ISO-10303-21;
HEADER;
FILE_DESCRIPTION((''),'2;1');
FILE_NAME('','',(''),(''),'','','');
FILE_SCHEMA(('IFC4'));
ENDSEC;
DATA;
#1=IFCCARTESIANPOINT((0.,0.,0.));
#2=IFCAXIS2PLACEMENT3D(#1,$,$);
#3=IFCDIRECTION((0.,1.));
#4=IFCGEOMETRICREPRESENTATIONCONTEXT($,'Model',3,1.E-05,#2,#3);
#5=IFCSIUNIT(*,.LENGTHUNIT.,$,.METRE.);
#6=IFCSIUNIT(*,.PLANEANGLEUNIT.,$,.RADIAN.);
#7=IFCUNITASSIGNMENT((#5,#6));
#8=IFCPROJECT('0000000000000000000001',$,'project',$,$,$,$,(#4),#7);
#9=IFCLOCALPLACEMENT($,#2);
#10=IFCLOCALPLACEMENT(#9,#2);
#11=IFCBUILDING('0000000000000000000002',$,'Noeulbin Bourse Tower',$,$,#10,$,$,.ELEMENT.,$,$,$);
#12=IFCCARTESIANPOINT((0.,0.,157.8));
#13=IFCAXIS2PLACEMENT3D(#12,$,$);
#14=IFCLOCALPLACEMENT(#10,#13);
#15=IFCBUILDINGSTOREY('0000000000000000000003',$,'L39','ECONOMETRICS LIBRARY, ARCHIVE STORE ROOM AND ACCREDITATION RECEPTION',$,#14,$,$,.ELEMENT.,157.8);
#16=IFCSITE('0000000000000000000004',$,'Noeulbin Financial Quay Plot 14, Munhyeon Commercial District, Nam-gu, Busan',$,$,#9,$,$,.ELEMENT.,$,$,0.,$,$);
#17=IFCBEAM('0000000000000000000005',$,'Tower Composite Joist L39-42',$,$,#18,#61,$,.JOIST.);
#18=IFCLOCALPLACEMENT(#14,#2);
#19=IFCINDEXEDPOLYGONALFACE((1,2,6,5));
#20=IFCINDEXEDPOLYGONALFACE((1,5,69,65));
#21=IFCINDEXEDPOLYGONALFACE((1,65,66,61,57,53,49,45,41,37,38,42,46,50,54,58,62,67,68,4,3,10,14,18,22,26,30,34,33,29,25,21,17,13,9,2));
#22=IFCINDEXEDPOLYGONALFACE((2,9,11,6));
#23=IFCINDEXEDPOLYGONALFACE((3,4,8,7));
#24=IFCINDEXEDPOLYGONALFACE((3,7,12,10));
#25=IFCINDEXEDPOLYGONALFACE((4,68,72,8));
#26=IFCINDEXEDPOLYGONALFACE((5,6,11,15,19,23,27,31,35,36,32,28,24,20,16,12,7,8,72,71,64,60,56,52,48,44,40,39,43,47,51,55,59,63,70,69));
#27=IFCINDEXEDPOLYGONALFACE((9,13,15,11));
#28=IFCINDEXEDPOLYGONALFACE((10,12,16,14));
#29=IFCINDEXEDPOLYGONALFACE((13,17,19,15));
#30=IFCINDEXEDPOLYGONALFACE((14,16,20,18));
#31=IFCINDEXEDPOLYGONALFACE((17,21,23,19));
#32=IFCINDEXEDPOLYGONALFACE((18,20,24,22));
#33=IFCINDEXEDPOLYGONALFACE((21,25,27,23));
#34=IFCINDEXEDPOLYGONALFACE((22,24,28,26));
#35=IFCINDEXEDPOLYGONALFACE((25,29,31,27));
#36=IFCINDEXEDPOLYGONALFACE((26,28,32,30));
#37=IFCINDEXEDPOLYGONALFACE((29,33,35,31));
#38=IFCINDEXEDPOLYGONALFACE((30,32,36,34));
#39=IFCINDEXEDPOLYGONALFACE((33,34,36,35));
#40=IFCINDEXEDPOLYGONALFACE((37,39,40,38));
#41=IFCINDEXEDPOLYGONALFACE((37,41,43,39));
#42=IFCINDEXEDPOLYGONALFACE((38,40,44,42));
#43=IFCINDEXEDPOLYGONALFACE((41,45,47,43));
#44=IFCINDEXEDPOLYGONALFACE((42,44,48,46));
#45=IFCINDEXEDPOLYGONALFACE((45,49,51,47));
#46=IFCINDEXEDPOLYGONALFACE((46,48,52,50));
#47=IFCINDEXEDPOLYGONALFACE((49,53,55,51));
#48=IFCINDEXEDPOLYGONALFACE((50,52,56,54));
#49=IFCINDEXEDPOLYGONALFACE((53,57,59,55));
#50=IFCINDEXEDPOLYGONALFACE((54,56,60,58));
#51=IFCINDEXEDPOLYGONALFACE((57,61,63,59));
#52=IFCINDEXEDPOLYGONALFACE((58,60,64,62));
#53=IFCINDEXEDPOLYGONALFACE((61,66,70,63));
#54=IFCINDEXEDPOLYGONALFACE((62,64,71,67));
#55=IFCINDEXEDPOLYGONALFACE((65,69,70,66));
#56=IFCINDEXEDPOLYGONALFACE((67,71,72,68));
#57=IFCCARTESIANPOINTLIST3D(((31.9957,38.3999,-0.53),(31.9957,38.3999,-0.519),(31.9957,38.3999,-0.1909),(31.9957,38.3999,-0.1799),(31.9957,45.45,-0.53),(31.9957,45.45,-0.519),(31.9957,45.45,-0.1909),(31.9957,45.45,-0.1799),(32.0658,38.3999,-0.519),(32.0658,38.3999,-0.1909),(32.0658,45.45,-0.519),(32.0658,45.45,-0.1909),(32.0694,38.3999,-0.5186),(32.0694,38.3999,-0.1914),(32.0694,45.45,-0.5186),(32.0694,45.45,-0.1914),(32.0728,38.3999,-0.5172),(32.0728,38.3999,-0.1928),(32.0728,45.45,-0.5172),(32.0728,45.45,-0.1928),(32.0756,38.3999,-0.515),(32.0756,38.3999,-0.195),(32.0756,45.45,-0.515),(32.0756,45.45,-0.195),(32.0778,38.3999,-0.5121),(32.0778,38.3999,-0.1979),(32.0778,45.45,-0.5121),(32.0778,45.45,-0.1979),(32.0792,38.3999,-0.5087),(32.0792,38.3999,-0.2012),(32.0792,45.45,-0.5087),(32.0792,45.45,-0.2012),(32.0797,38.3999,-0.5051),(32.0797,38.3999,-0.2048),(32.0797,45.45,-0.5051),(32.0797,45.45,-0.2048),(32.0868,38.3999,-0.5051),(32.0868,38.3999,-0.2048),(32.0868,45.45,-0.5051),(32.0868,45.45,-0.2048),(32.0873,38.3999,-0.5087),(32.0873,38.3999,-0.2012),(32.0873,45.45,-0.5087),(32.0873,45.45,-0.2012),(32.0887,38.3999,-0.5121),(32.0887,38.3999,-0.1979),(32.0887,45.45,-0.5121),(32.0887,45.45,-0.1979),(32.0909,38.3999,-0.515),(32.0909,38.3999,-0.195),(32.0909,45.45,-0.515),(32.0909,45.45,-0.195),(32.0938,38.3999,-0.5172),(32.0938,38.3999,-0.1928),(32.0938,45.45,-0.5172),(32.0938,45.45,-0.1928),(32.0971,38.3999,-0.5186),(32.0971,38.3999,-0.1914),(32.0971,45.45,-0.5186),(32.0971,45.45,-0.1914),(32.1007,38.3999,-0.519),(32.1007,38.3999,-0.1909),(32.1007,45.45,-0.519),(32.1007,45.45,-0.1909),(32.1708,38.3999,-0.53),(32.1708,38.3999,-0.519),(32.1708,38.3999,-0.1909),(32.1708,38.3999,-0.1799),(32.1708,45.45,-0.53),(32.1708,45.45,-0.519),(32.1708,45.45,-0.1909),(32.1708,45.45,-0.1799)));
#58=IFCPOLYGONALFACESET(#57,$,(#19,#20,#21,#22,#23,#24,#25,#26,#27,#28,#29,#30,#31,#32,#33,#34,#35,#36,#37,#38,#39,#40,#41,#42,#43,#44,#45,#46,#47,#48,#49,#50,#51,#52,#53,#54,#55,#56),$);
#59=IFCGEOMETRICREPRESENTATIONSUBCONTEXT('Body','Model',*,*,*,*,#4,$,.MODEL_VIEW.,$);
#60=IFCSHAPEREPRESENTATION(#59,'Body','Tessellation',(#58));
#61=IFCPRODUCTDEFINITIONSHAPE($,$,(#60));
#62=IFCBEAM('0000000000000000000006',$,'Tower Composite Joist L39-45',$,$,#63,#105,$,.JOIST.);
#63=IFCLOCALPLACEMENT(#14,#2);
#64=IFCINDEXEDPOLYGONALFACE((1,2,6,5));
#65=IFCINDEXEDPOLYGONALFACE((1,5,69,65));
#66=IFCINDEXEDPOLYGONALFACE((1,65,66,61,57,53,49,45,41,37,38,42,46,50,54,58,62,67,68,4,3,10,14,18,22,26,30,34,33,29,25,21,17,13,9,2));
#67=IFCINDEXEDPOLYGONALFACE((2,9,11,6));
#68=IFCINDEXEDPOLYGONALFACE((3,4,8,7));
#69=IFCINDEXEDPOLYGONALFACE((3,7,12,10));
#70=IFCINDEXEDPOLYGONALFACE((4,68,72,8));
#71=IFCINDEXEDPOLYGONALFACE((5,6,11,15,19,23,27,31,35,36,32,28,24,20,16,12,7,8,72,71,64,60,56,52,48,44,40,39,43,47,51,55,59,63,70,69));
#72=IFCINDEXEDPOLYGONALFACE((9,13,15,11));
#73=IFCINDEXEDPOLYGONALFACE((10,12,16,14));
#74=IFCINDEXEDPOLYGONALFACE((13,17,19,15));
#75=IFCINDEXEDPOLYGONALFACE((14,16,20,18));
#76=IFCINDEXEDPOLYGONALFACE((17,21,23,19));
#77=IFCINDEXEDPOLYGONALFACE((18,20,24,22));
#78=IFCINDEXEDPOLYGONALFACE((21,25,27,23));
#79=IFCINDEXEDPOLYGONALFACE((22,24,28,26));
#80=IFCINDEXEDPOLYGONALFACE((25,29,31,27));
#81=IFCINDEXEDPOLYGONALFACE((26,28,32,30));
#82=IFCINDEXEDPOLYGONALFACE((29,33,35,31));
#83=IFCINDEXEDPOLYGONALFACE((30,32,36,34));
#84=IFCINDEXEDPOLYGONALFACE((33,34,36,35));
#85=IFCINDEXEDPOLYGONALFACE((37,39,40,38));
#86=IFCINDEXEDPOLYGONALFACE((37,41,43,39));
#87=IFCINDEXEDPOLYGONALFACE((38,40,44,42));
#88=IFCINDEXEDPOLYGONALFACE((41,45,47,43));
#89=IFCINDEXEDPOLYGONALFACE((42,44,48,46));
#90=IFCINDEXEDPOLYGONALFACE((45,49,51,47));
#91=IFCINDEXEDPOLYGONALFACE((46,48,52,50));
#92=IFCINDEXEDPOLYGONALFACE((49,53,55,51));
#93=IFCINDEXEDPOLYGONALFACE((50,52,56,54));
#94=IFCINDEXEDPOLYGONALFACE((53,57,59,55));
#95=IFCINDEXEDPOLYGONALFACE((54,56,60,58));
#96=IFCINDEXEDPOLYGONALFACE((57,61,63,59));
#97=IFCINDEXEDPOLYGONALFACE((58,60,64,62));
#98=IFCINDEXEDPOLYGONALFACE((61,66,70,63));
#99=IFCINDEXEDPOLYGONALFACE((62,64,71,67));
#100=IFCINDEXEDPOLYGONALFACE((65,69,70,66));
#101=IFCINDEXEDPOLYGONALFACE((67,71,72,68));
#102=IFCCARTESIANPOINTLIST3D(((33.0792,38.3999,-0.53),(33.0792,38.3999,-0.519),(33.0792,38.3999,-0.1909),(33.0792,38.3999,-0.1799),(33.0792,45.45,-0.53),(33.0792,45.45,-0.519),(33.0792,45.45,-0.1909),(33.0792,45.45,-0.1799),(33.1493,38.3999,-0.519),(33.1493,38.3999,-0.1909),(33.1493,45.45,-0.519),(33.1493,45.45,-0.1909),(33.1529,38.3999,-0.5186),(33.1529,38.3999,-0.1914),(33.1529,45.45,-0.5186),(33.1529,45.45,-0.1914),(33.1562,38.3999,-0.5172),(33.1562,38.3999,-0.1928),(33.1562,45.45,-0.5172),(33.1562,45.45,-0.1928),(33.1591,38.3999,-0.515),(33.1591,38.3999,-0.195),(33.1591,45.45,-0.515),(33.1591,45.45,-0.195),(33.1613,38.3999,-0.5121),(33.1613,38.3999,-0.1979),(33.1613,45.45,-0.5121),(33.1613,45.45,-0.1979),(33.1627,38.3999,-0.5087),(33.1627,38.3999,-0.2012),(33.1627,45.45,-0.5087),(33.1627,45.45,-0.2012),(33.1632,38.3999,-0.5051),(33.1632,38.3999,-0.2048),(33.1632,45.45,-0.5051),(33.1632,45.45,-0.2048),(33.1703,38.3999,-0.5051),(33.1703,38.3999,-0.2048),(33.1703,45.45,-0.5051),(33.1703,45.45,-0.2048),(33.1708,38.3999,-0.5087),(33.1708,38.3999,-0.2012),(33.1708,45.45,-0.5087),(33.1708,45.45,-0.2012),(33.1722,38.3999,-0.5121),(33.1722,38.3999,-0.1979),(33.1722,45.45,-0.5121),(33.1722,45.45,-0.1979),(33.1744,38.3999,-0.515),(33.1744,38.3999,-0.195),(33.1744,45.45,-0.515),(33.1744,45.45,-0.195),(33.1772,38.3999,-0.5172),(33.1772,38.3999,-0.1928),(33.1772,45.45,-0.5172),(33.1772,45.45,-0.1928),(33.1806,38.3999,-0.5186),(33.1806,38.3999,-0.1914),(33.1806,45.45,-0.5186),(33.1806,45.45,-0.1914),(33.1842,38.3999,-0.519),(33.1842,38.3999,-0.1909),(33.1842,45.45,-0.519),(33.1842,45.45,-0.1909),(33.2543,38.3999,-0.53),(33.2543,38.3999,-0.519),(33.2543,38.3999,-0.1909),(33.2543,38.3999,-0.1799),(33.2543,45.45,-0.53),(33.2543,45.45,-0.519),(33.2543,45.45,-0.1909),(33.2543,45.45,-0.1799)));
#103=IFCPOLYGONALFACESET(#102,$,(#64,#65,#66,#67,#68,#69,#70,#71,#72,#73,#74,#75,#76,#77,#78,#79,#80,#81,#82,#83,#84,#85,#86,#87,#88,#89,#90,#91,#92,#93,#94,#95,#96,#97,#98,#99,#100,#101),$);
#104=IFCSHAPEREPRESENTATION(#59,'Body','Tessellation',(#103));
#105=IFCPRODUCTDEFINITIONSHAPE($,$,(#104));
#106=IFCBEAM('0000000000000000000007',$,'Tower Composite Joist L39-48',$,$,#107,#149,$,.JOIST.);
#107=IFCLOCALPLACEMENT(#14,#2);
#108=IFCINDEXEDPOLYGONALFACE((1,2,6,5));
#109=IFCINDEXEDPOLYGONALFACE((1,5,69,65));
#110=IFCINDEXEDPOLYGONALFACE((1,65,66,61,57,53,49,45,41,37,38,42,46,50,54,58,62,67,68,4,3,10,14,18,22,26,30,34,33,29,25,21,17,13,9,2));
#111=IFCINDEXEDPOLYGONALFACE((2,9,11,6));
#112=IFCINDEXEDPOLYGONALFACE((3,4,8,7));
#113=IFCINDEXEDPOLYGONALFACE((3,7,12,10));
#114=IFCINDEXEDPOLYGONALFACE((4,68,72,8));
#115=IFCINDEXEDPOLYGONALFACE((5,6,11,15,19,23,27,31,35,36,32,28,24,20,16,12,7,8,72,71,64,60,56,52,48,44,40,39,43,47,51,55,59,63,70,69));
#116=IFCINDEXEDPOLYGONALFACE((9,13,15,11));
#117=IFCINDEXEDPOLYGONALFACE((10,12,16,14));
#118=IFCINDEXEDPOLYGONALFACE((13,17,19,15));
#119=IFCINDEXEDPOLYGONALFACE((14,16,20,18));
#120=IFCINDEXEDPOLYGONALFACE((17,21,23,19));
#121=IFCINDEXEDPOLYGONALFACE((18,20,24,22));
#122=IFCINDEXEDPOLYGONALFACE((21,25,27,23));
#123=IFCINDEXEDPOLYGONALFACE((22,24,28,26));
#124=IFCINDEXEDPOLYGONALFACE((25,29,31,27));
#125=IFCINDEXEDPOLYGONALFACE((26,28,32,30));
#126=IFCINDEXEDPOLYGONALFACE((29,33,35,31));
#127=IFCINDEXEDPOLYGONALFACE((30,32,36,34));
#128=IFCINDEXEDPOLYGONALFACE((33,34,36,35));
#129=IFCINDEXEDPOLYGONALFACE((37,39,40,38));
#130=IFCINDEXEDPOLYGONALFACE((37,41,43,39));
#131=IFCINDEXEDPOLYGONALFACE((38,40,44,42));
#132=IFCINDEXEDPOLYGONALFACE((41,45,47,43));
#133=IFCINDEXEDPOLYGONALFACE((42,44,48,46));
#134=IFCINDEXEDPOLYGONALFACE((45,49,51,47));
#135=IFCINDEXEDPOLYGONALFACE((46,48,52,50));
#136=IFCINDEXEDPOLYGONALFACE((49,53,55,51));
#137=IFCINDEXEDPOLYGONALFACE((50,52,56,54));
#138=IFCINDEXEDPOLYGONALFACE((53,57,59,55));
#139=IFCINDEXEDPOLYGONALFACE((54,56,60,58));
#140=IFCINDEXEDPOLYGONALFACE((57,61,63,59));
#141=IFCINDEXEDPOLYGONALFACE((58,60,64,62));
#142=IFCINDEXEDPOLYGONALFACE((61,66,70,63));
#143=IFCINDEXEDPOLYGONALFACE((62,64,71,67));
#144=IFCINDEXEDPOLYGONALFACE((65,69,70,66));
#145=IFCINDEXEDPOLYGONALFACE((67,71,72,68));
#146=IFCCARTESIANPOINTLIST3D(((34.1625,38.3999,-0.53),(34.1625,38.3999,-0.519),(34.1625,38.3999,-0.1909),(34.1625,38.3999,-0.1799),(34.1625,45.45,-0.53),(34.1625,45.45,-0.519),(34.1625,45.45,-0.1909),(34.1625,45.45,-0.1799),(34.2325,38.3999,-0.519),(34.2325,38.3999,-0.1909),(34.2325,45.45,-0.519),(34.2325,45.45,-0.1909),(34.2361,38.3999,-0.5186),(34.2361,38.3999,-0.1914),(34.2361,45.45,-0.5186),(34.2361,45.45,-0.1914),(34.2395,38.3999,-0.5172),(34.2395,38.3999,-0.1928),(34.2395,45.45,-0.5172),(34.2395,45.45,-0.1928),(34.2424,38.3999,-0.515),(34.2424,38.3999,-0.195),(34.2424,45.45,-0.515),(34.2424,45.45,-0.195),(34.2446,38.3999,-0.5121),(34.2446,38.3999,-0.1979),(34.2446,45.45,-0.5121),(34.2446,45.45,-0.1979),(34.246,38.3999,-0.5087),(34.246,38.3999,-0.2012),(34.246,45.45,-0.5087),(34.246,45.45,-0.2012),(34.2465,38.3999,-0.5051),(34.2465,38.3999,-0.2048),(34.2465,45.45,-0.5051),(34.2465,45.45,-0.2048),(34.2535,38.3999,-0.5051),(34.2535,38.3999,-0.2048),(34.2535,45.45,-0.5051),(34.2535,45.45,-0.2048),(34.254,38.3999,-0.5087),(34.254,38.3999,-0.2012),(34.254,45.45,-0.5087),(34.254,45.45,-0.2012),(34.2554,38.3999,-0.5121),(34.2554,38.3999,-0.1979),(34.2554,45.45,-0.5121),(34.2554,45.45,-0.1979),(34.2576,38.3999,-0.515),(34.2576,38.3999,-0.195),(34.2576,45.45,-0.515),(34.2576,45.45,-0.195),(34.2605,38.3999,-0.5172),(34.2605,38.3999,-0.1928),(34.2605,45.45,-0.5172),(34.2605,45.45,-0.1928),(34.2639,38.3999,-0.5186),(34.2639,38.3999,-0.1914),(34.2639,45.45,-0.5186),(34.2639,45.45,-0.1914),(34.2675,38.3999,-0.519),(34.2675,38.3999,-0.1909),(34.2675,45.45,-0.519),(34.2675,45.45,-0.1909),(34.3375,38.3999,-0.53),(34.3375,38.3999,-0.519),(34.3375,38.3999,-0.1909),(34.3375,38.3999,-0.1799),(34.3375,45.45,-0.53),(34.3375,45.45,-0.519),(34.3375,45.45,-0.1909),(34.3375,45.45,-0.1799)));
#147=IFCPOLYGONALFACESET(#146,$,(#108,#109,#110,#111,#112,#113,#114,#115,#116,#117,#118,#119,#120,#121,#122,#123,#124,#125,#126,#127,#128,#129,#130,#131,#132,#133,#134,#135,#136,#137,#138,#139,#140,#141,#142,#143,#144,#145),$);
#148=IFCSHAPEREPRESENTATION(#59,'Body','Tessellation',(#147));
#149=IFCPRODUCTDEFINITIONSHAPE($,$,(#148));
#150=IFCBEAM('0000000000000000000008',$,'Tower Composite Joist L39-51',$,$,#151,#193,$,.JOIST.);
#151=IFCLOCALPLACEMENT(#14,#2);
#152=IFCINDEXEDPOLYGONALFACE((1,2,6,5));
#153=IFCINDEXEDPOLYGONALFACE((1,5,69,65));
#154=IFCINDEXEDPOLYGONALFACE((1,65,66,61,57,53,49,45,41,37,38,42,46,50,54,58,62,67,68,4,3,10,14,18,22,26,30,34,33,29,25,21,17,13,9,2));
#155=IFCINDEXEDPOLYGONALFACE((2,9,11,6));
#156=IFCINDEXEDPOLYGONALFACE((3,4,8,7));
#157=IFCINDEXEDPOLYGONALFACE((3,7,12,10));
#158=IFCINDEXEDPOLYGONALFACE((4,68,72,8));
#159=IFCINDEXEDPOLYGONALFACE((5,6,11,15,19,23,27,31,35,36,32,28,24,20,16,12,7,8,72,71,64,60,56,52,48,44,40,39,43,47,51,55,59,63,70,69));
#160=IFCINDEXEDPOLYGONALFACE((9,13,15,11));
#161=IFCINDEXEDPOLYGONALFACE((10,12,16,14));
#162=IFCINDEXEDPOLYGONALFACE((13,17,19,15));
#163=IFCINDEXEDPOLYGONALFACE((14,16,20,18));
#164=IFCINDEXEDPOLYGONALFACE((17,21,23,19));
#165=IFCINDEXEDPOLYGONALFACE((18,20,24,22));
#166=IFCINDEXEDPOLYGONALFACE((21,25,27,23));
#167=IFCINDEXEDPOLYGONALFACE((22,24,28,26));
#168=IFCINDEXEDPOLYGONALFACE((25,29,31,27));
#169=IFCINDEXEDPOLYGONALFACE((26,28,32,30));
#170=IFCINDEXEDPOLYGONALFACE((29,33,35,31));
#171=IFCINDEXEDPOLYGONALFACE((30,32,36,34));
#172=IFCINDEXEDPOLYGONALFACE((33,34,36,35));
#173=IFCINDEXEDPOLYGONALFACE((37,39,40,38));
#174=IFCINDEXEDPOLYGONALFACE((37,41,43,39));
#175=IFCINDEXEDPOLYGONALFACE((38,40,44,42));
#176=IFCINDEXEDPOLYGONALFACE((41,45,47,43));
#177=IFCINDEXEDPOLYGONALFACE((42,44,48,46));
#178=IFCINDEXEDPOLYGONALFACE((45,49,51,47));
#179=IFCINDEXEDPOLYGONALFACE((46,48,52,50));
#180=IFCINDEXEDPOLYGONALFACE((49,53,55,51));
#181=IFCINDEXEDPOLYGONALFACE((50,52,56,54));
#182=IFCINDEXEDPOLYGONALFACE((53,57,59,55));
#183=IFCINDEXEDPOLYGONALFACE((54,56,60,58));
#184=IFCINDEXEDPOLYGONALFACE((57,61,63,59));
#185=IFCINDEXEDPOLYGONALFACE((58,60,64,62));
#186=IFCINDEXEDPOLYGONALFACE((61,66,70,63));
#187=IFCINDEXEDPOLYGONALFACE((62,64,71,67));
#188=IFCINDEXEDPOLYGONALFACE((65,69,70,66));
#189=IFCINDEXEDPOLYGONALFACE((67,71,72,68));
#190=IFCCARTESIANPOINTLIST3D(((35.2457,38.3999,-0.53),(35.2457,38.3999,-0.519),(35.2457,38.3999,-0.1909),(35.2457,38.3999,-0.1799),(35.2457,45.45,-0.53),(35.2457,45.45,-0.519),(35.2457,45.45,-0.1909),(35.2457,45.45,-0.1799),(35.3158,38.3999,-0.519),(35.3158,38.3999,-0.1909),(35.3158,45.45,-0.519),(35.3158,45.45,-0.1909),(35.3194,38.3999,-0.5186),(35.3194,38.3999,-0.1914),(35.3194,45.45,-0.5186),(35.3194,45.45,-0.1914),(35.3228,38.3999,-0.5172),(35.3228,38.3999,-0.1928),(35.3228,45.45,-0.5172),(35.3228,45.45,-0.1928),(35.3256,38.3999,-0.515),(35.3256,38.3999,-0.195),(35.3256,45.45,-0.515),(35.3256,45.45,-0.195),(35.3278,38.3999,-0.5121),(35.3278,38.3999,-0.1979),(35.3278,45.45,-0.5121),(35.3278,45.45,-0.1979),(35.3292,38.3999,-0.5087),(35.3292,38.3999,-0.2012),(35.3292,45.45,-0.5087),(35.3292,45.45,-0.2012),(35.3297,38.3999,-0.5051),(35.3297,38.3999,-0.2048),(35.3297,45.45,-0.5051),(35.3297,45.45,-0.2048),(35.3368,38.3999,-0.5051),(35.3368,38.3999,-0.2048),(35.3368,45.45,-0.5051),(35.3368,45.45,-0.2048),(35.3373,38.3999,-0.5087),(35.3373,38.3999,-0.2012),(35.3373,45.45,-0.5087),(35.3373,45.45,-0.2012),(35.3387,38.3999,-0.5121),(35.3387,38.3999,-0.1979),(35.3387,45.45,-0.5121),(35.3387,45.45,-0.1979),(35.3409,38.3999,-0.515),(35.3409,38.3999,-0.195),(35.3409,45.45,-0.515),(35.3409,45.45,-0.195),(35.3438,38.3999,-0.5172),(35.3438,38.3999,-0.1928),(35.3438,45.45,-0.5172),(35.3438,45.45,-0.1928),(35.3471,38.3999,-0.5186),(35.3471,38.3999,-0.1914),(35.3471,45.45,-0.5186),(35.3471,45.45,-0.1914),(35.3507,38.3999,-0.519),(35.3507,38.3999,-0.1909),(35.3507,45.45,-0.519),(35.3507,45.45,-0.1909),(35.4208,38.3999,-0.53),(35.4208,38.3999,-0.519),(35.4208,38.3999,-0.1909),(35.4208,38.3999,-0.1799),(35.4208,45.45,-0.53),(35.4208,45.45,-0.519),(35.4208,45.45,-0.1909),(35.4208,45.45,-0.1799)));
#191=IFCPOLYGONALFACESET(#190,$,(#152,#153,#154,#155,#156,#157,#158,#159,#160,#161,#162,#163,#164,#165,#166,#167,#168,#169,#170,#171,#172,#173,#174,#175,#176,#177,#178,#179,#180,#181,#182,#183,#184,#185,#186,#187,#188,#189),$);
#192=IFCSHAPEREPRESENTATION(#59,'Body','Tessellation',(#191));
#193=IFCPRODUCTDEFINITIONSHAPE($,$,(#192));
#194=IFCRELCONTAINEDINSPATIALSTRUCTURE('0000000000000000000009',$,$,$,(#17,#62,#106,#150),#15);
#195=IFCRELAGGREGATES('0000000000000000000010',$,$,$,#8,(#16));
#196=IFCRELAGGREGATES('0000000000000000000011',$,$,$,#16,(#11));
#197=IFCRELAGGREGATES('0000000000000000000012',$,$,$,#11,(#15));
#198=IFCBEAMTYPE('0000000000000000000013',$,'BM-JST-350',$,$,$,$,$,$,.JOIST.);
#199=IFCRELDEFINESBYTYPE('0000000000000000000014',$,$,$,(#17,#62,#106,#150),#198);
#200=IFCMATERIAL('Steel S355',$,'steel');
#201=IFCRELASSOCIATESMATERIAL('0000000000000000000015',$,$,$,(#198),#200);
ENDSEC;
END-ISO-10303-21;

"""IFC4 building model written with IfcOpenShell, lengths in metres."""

from ifc_helpers import new_model, si_unit, direction, frame, origin, origin_2d, place, context, subcontext, project, spatial, i_section, extrude, material, material_profile, profile_set, type_object, element, save


model = new_model("IFC4")

# Units and contexts
model_context = context("Model", 3, precision=1e-05, world=origin(), true_north=direction((0.0, 1.0)))
body_context = subcontext(model_context, "Body", "Model", "MODEL_VIEW")
ifc_project = project(units=[si_unit("LENGTHUNIT", "METRE"), si_unit("PLANEANGLEUNIT", "RADIAN")], contexts=[model_context])

# Site, building, storey
site_placement = place(None, origin())
site = spatial("IfcSite", under=ifc_project, at=site_placement, Name="Noeulbin Financial Quay Plot 14, Munhyeon Commercial District, Nam-gu, Busan", CompositionType="ELEMENT", RefElevation=0.0)
building_placement = place(site_placement, origin())
building = spatial("IfcBuilding", under=site, at=building_placement, Name="Noeulbin Bourse Tower", CompositionType="ELEMENT")
storey_placement = place(building_placement, frame((0.0, 0.0, 157.8)))
storey = spatial("IfcBuildingStorey", under=building, at=storey_placement, Name="L39", Description="ECONOMETRICS LIBRARY, ARCHIVE STORE ROOM AND ACCREDITATION RECEPTION", CompositionType="ELEMENT", Elevation=157.8)

# Shared definitions
ifc_material_1 = material(Name="Steel S355", Category="steel")

# Beams
ifc_material_profile_1 = material_profile(ifc_material_1, i_section(OverallWidth=0.175, OverallDepth=0.3501, WebThickness=0.0071, FlangeThickness=0.011, FilletRadius=0.0139, at=origin_2d()), Name="H-350x175x7x11", Category="LoadBearing")
ifc_profile_set_1 = profile_set([ifc_material_profile_1], Name="Steel S355")
beam_type_1 = type_object("IfcBeamType", Name="BM-JST-350", PredefinedType="JOIST", material=ifc_profile_set_1)
for number, where, z_axis, x_axis, name in (
    (1, (32.0833, 38.3999, -0.355), (0.0, 1.0, 0.0), (-1.0, 0.0, 0.0), "Tower Composite Joist L39-42"),
    (2, (33.1667, 38.3999, -0.355), (0.0, 1.0, 0.0), (-1.0, 0.0, 0.0), "Tower Composite Joist L39-45"),
    (3, (34.25, 38.3999, -0.355), (0.0, 1.0, 0.0), (-1.0, 0.0, 0.0), "Tower Composite Joist L39-48"),
    (4, (35.3333, 38.3999, -0.355), (0.0, 1.0, 0.0), (-1.0, 0.0, 0.0), "Tower Composite Joist L39-51"),
):
    element("IfcBeam", number, at=place(storey_placement, frame(where, z_axis=z_axis, x_axis=x_axis)), inside=storey, type_object=beam_type_1, Name=name, PredefinedType="JOIST", context=body_context, shape_type="SweptSolid", body=[
        extrude(i_section(OverallWidth=0.175, OverallDepth=0.3501, WebThickness=0.0071, FlangeThickness=0.011, FilletRadius=0.0139, at=origin_2d()), origin(), (0.0, 0.0, 1.0), 7.05),
    ])

save(model, "model.ifc")
